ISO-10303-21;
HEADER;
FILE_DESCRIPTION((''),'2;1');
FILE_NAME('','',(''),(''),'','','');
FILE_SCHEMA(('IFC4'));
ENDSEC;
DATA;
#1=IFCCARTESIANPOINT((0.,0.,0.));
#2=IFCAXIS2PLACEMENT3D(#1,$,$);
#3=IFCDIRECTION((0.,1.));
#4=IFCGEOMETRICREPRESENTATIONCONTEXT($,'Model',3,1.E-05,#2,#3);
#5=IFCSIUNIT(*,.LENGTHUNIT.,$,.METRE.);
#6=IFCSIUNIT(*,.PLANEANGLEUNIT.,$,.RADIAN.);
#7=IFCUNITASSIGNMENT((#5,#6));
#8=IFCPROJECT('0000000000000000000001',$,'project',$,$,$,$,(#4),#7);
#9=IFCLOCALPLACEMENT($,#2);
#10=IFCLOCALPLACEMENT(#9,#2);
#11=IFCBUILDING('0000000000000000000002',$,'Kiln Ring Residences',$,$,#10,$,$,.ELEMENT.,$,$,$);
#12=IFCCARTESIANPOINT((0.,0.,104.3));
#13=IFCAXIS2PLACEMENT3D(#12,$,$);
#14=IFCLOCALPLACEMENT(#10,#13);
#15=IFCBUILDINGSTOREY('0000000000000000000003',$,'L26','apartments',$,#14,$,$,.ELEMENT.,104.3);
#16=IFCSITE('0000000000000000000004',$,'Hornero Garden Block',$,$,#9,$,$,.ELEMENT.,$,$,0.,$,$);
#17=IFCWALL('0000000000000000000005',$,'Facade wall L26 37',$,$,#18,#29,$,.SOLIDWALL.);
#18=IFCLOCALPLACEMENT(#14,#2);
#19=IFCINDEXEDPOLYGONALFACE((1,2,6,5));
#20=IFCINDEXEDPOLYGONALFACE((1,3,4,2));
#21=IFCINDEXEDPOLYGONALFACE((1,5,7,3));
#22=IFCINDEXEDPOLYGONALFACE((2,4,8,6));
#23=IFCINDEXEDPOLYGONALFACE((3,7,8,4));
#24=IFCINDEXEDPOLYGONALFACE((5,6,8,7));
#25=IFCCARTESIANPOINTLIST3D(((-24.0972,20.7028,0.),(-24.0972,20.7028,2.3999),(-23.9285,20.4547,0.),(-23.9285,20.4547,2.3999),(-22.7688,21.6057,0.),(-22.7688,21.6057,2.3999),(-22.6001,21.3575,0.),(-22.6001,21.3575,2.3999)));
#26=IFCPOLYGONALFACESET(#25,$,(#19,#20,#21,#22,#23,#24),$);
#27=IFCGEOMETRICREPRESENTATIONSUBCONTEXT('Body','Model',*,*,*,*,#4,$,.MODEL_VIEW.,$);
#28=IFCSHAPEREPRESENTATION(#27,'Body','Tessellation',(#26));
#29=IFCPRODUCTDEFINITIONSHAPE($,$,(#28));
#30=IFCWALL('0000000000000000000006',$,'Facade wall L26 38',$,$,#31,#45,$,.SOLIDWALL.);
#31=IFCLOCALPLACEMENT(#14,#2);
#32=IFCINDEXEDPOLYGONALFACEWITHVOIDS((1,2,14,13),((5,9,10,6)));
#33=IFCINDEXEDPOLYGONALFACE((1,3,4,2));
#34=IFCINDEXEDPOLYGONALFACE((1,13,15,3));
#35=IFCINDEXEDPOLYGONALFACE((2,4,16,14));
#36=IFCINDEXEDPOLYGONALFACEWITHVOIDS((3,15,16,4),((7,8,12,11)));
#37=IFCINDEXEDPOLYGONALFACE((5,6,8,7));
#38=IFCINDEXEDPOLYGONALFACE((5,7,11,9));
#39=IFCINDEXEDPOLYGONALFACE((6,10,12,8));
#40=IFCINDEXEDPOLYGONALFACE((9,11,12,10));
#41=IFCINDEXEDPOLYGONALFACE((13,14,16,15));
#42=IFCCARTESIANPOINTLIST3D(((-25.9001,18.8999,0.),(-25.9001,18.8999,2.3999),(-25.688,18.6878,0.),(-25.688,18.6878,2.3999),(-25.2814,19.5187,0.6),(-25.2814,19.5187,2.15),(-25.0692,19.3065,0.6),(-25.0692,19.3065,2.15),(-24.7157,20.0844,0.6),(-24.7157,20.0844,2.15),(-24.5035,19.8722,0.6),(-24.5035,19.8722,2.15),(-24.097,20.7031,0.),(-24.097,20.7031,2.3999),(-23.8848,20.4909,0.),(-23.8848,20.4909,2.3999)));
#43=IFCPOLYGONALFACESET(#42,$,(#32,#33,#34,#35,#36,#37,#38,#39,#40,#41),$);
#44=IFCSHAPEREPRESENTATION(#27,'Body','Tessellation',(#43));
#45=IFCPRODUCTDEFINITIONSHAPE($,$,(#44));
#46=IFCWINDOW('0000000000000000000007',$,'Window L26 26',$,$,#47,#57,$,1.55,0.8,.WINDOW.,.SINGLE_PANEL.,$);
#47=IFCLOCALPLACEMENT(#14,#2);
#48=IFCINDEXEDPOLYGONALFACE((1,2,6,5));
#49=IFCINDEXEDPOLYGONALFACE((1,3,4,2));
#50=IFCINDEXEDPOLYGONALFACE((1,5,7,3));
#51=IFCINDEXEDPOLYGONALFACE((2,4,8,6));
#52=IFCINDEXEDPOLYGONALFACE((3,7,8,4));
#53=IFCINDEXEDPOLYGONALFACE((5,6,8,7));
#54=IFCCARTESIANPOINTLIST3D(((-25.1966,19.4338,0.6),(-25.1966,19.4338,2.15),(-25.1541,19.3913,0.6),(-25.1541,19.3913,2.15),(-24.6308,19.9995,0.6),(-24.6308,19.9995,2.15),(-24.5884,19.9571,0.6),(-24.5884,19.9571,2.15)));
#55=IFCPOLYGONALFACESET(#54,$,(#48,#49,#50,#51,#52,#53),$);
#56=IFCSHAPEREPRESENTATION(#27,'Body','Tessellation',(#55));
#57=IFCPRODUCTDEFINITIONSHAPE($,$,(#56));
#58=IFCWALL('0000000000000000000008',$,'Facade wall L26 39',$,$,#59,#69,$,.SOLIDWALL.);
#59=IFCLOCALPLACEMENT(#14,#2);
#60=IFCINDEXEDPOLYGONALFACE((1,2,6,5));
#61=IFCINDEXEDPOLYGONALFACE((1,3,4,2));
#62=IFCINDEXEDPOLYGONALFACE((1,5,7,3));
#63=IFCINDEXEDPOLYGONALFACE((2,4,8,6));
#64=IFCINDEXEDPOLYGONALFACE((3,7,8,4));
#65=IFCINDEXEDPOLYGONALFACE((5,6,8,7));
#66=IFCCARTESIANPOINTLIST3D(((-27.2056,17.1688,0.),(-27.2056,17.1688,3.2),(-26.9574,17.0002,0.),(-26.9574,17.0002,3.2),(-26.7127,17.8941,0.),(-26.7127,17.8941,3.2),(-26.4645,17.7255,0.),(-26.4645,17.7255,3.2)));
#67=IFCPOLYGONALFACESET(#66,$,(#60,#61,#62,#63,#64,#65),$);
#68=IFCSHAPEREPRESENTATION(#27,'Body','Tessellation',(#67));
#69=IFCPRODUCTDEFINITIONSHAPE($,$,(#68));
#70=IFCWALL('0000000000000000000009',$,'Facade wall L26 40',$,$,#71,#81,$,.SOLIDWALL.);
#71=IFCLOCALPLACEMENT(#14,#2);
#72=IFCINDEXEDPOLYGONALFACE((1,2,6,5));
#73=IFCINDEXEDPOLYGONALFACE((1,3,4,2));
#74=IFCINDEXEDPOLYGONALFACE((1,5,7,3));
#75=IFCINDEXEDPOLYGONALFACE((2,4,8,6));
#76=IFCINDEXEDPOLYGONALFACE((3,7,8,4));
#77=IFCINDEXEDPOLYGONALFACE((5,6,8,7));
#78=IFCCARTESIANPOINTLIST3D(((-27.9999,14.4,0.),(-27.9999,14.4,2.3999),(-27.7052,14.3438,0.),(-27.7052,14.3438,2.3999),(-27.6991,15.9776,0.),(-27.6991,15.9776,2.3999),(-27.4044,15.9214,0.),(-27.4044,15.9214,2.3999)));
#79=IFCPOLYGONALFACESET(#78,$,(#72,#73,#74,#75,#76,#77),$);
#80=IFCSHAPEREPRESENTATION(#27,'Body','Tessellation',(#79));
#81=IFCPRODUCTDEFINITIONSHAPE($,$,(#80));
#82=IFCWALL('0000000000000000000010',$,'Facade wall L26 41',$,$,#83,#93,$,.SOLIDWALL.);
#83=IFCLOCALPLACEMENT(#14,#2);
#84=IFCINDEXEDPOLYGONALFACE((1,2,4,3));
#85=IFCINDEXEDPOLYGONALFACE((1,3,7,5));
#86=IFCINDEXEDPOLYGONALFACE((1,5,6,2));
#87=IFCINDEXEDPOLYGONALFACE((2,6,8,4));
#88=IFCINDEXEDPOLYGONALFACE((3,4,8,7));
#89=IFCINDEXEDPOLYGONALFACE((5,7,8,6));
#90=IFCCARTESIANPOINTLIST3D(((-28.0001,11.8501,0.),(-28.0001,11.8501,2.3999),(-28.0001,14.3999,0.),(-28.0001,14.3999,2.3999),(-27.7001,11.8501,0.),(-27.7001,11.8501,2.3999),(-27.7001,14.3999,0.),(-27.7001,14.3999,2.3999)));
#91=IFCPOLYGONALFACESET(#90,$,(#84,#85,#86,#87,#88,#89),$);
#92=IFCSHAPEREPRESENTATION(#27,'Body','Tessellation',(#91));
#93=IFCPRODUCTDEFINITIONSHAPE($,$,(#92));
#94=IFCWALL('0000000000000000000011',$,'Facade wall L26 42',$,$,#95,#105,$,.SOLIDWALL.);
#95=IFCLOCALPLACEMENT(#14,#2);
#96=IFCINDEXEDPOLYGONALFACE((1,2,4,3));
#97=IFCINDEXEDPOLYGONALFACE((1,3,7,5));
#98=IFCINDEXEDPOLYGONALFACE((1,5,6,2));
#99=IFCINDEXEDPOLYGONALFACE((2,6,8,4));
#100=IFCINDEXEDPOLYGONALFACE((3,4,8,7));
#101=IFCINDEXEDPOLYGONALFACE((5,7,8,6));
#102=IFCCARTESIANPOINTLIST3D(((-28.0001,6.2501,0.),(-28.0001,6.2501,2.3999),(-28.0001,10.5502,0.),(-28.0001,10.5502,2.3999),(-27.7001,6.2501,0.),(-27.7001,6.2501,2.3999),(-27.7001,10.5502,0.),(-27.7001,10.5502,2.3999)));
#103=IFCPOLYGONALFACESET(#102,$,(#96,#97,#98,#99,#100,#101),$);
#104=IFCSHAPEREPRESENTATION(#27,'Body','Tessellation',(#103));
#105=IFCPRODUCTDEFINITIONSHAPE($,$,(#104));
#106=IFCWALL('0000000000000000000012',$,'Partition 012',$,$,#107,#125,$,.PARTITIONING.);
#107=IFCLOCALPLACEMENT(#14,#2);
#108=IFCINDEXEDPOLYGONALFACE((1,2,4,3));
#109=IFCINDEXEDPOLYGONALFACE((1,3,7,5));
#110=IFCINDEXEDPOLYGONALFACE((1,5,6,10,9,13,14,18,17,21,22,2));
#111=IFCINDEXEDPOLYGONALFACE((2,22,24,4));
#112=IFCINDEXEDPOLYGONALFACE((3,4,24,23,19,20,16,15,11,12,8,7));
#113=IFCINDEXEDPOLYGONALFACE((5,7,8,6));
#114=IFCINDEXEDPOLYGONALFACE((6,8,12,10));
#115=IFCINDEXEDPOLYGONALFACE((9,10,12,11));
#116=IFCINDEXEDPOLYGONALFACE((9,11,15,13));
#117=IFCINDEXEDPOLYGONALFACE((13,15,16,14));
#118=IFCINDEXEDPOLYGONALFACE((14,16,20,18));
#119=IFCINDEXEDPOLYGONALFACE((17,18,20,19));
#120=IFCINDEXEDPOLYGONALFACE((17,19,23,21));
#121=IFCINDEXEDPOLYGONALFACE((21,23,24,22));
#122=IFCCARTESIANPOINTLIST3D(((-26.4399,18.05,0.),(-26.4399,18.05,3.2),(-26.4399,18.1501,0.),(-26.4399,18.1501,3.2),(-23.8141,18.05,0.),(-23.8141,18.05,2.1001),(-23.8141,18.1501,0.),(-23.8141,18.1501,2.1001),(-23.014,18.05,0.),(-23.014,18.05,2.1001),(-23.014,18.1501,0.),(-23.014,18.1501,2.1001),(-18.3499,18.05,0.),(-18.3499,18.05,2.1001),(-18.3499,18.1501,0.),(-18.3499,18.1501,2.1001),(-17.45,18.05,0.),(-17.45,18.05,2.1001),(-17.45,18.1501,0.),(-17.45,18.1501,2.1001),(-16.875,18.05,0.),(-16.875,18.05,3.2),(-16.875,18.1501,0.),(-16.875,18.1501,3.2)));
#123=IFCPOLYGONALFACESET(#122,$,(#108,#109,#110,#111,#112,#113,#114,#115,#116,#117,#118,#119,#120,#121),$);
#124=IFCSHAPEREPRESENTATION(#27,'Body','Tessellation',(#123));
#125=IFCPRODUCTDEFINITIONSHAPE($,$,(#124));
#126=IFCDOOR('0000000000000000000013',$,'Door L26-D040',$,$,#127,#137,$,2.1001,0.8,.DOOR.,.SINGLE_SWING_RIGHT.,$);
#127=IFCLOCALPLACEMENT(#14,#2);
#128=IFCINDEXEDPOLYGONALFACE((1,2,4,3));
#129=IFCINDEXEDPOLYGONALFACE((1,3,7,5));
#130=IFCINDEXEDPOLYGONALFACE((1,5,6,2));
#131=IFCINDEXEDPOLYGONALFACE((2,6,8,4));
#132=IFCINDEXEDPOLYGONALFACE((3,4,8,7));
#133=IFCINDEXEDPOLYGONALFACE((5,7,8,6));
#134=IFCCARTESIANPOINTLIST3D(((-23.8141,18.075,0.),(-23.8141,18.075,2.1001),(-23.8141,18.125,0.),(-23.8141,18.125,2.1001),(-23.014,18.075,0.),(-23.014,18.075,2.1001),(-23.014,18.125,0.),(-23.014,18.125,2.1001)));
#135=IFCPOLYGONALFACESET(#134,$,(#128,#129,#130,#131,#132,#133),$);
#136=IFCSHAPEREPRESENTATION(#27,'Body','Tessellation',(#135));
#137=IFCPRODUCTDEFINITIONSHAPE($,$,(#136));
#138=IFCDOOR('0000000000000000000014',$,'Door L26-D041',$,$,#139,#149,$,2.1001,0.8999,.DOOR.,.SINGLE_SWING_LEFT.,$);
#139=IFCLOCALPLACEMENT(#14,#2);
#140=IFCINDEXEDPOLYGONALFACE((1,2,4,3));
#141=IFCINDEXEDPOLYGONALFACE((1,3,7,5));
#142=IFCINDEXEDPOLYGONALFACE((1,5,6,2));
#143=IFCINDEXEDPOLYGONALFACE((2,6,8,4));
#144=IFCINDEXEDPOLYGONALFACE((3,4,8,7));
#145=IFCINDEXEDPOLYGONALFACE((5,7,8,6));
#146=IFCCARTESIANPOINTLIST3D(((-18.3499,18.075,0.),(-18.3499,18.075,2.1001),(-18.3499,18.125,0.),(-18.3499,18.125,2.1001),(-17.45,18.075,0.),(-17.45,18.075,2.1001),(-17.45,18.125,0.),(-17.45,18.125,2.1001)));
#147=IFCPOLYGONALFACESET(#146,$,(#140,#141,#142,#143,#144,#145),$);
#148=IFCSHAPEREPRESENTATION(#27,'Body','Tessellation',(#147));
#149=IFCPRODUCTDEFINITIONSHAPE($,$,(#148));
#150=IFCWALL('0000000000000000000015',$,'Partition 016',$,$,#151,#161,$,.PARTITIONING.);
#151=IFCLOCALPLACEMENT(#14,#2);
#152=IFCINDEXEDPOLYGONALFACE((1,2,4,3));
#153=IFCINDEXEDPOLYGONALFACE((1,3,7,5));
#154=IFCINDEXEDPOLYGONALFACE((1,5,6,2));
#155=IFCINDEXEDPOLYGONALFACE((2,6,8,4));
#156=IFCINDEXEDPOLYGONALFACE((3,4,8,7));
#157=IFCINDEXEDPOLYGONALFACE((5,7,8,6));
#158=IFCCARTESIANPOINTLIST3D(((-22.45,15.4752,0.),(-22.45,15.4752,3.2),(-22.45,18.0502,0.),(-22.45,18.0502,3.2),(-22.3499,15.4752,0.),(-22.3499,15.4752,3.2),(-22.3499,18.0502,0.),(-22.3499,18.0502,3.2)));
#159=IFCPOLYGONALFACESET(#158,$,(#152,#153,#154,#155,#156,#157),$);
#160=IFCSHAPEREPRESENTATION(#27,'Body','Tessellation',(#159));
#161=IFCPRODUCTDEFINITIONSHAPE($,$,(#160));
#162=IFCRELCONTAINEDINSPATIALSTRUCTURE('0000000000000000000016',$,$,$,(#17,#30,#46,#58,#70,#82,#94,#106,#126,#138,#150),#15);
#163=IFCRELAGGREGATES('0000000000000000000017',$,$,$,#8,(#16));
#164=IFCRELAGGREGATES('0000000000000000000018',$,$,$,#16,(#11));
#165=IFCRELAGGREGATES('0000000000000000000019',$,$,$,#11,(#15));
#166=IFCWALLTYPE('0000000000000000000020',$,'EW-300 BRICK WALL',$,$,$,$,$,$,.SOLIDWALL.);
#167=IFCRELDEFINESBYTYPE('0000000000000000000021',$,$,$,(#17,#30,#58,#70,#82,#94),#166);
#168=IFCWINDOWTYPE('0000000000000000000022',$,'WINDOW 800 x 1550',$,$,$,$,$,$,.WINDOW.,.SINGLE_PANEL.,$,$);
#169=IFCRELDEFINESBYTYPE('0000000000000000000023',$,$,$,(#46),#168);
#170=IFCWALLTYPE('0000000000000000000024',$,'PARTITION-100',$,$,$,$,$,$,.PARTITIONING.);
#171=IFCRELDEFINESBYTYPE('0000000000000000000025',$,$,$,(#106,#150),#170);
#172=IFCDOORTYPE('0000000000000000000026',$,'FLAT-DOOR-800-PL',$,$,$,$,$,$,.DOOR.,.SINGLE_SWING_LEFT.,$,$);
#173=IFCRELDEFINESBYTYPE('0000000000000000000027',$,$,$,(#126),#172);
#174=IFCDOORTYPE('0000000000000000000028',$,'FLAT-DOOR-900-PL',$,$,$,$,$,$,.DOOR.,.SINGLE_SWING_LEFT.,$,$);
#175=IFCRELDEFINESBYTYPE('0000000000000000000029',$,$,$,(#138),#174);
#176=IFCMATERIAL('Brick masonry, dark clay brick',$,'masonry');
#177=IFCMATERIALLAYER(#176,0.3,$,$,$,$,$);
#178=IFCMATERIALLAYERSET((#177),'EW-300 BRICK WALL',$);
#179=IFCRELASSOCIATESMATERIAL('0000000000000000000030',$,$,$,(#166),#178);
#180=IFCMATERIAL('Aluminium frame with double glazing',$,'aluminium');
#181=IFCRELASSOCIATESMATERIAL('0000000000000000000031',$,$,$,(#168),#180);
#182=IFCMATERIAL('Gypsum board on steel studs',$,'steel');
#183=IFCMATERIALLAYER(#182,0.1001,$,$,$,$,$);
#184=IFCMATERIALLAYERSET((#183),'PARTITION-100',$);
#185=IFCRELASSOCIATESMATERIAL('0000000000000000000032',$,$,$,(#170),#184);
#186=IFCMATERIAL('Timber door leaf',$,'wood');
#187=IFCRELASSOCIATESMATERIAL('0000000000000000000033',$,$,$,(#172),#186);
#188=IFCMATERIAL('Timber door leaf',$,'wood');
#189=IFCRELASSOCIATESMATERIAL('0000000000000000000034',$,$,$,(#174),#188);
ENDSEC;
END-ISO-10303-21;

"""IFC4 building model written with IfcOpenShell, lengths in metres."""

from ifc_helpers import new_model, si_unit, direction, frame, frame_2d, origin, place, context, subcontext, project, spatial, rectangle, extrude, material, layer, layer_set, type_object, element, fill, save


model = new_model("IFC4")

# Units and contexts
model_context = context("Model", 3, precision=1e-05, world=origin(), true_north=direction((0.0, 1.0)))
body_context = subcontext(model_context, "Body", "Model", "MODEL_VIEW")
ifc_project = project(units=[si_unit("LENGTHUNIT", "METRE"), si_unit("PLANEANGLEUNIT", "RADIAN")], contexts=[model_context])

# Site, building, storey
site_placement = place(None, origin())
site = spatial("IfcSite", under=ifc_project, at=site_placement, Name="Hornero Garden Block", CompositionType="ELEMENT", RefElevation=0.0)
building_placement = place(site_placement, origin())
building = spatial("IfcBuilding", under=site, at=building_placement, Name="Kiln Ring Residences", CompositionType="ELEMENT")
storey_placement = place(building_placement, frame((0.0, 0.0, 104.3)))
storey = spatial("IfcBuildingStorey", under=building, at=storey_placement, Name="L26", Description="apartments", CompositionType="ELEMENT", Elevation=104.3)

# Shared definitions
ifc_material_1 = material(Name="Brick masonry, dark clay brick", Category="masonry")
ifc_layer_1 = layer(ifc_material_1, 0.3)
ifc_layer_set_1 = layer_set([ifc_layer_1], Name="EW-300 BRICK WALL")
wall_type_1 = type_object("IfcWallType", Name="EW-300 BRICK WALL", PredefinedType="SOLIDWALL", material=ifc_layer_set_1)

# Wall
for number, where, z_axis, x_axis, name in (
    (1, (-22.6843, 21.4817, 0.0), (0.0, 0.0, 1.0), (-0.827059, -0.562115, 0.0), "Facade wall L26 37"),
):
    element("IfcWall", number, at=place(storey_placement, frame(where, z_axis=z_axis, x_axis=x_axis)), inside=storey, type_object=wall_type_1, Name=name, PredefinedType="SOLIDWALL", context=body_context, shape_type="SweptSolid", body=[
        extrude(rectangle(XDim=1.6062, YDim=0.3, at=frame_2d((0.8032, 0.0))), origin(), (0.0, 0.0, 1.0), 2.3999),
    ])

# Wall, opening, window
wall_1_placement = place(storey_placement, frame((-23.991, 20.5969, 0.0), z_axis=(0.0, 0.0, 1.0), x_axis=(-0.707107, -0.707107, 0.0)))
wall_1 = element("IfcWall", 2, at=wall_1_placement, inside=storey, type_object=wall_type_1, Name="Facade wall L26 38", PredefinedType="SOLIDWALL", context=body_context, shape_type="SweptSolid", body=[
    extrude(rectangle(XDim=2.55, YDim=0.3, at=frame_2d((1.2749, 0.0))), origin(), (0.0, 0.0, 1.0), 2.3999),
])
opening_1_placement = place(wall_1_placement, frame((0.875, 0.0, 0.6001)))
opening_1 = element("IfcOpeningElement", 3, at=opening_1_placement, cuts=wall_1, PredefinedType="OPENING", context=body_context, shape_type="SweptSolid", body=[
    extrude(rectangle(XDim=0.8, YDim=1.55, at=frame_2d((0.3999, 0.7749))), frame((0.0, 0.1599, 0.0), z_axis=(0.0, -1.0, 0.0), x_axis=(1.0, 0.0, 0.0)), (0.0, 0.0, 1.0), 0.3201),
])
ifc_material_2 = material(Name="Aluminium frame with double glazing", Category="aluminium")
window_type_1 = type_object("IfcWindowType", Name="WINDOW 800 x 1550", PartitioningType="SINGLE_PANEL", PredefinedType="WINDOW", material=ifc_material_2)
window_1_placement = place(opening_1_placement, origin())
window_1 = element("IfcWindow", 4, at=window_1_placement, inside=storey, type_object=window_type_1, Name="Window L26 26", OverallHeight=1.55, OverallWidth=0.8, PartitioningType="SINGLE_PANEL", PredefinedType="WINDOW", context=body_context, shape_type="SweptSolid", body=[
    extrude(rectangle(XDim=0.8, YDim=1.55, at=frame_2d((0.3999, 0.7749))), frame((0.0, 0.03, 0.0), z_axis=(0.0, -1.0, 0.0), x_axis=(1.0, 0.0, 0.0)), (0.0, 0.0, 1.0), 0.0601),
])
fill(opening_1, window_1)

# Walls
wall_2_placement = place(storey_placement, frame((-26.5886, 17.8098, 0.0), z_axis=(0.0, 0.0, 1.0), x_axis=(-0.562066, -0.827092, 0.0)))
element("IfcWall", 5, at=wall_2_placement, inside=storey, type_object=wall_type_1, Name="Facade wall L26 39", PredefinedType="SOLIDWALL", context=body_context, shape_type="SweptSolid", body=[
    extrude(rectangle(XDim=0.877, YDim=0.3, at=frame_2d((0.4385, 0.0))), origin(), (0.0, 0.0, 1.0), 3.2),
])
wall_3_placement = place(storey_placement, frame((-27.5518, 15.9495, 0.0), z_axis=(0.0, 0.0, 1.0), x_axis=(-0.18728, -0.982307, 0.0)))
element("IfcWall", 6, at=wall_3_placement, inside=storey, type_object=wall_type_1, Name="Facade wall L26 40", PredefinedType="SOLIDWALL", context=body_context, shape_type="SweptSolid", body=[
    extrude(rectangle(XDim=1.606, YDim=0.3, at=frame_2d((0.803, 0.0))), origin(), (0.0, 0.0, 1.0), 2.3999),
])
wall_4_placement = place(storey_placement, frame((-27.8501, 14.3999, 0.0), z_axis=(0.0, 0.0, 1.0), x_axis=(0.0, -1.0, 0.0)))
element("IfcWall", 7, at=wall_4_placement, inside=storey, type_object=wall_type_1, Name="Facade wall L26 41", PredefinedType="SOLIDWALL", context=body_context, shape_type="SweptSolid", body=[
    extrude(rectangle(XDim=2.5498, YDim=0.3, at=frame_2d((1.2749, 0.0))), origin(), (0.0, 0.0, 1.0), 2.3999),
])
wall_5_placement = place(storey_placement, frame((-27.8501, 10.55, 0.0), z_axis=(0.0, 0.0, 1.0), x_axis=(0.0, -1.0, 0.0)))
element("IfcWall", 8, at=wall_5_placement, inside=storey, type_object=wall_type_1, Name="Facade wall L26 42", PredefinedType="SOLIDWALL", context=body_context, shape_type="SweptSolid", body=[
    extrude(rectangle(XDim=4.3, YDim=0.3, at=frame_2d((2.1499, 0.0))), origin(), (0.0, 0.0, 1.0), 2.3999),
])

# Wall, openings, doors
ifc_material_3 = material(Name="Gypsum board on steel studs", Category="steel")
ifc_layer_2 = layer(ifc_material_3, 0.1001)
ifc_layer_set_2 = layer_set([ifc_layer_2], Name="PARTITION-100")
wall_type_2 = type_object("IfcWallType", Name="PARTITION-100", PredefinedType="PARTITIONING", material=ifc_layer_set_2)
wall_6_placement = place(storey_placement, frame((-26.4399, 18.1001, 0.0), z_axis=(0.0, 0.0, 1.0), x_axis=(1.0, 0.0, 0.0)))
wall_6 = element("IfcWall", 9, at=wall_6_placement, inside=storey, type_object=wall_type_2, Name="Partition 012", PredefinedType="PARTITIONING", context=body_context, shape_type="SweptSolid", body=[
    extrude(rectangle(XDim=9.5649, YDim=0.1001, at=frame_2d((4.7825, 0.0))), origin(), (0.0, 0.0, 1.0), 3.2),
])
opening_2_placement = place(wall_6_placement, frame((2.626, 0.0, 0.0)))
opening_2 = element("IfcOpeningElement", 10, at=opening_2_placement, cuts=wall_6, PredefinedType="OPENING", context=body_context, shape_type="SweptSolid", body=[
    extrude(rectangle(XDim=0.8, YDim=2.1001, at=frame_2d((0.3999, 1.05))), frame((0.0, 0.0601, 0.0), z_axis=(0.0, -1.0, 0.0), x_axis=(1.0, 0.0, 0.0)), (0.0, 0.0, 1.0), 0.1201),
])
opening_3_placement = place(wall_6_placement, frame((8.0901, 0.0, 0.0)))
opening_3 = element("IfcOpeningElement", 11, at=opening_3_placement, cuts=wall_6, PredefinedType="OPENING", context=body_context, shape_type="SweptSolid", body=[
    extrude(rectangle(XDim=0.8999, YDim=2.1001, at=frame_2d((0.45, 1.05))), frame((0.0, 0.0601, 0.0), z_axis=(0.0, -1.0, 0.0), x_axis=(1.0, 0.0, 0.0)), (0.0, 0.0, 1.0), 0.1201),
])
ifc_material_4 = material(Name="Timber door leaf", Category="wood")
door_type_1 = type_object("IfcDoorType", Name="FLAT-DOOR-800-PL", OperationType="SINGLE_SWING_LEFT", PredefinedType="DOOR", material=ifc_material_4)
door_1_placement = place(opening_2_placement, origin())
door_1 = element("IfcDoor", 12, at=door_1_placement, inside=storey, type_object=door_type_1, Name="Door L26-D040", OperationType="SINGLE_SWING_RIGHT", OverallHeight=2.1001, OverallWidth=0.8, PredefinedType="DOOR", context=body_context, shape_type="SweptSolid", body=[
    extrude(rectangle(XDim=0.8, YDim=2.1001, at=frame_2d((0.3999, 1.05))), frame((0.0, 0.0249, 0.0), z_axis=(0.0, -1.0, 0.0), x_axis=(1.0, 0.0, 0.0)), (0.0, 0.0, 1.0), 0.05),
])
fill(opening_2, door_1)
ifc_material_5 = material(Name="Timber door leaf", Category="wood")
door_type_2 = type_object("IfcDoorType", Name="FLAT-DOOR-900-PL", OperationType="SINGLE_SWING_LEFT", PredefinedType="DOOR", material=ifc_material_5)
door_2_placement = place(opening_3_placement, origin())
door_2 = element("IfcDoor", 13, at=door_2_placement, inside=storey, type_object=door_type_2, Name="Door L26-D041", OperationType="SINGLE_SWING_LEFT", OverallHeight=2.1001, OverallWidth=0.8999, PredefinedType="DOOR", context=body_context, shape_type="SweptSolid", body=[
    extrude(rectangle(XDim=0.8999, YDim=2.1001, at=frame_2d((0.45, 1.05))), frame((0.0, 0.0249, 0.0), z_axis=(0.0, -1.0, 0.0), x_axis=(1.0, 0.0, 0.0)), (0.0, 0.0, 1.0), 0.05),
])
fill(opening_3, door_2)

# Wall
wall_7_placement = place(storey_placement, frame((-22.3999, 15.4751, 0.0), z_axis=(0.0, 0.0, 1.0), x_axis=(0.0, 1.0, 0.0)))
element("IfcWall", 14, at=wall_7_placement, inside=storey, type_object=wall_type_2, Name="Partition 016", PredefinedType="PARTITIONING", context=body_context, shape_type="SweptSolid", body=[
    extrude(rectangle(XDim=2.575, YDim=0.1001, at=frame_2d((1.2876, 0.0))), origin(), (0.0, 0.0, 1.0), 3.2),
])

save(model, "model.ifc")
